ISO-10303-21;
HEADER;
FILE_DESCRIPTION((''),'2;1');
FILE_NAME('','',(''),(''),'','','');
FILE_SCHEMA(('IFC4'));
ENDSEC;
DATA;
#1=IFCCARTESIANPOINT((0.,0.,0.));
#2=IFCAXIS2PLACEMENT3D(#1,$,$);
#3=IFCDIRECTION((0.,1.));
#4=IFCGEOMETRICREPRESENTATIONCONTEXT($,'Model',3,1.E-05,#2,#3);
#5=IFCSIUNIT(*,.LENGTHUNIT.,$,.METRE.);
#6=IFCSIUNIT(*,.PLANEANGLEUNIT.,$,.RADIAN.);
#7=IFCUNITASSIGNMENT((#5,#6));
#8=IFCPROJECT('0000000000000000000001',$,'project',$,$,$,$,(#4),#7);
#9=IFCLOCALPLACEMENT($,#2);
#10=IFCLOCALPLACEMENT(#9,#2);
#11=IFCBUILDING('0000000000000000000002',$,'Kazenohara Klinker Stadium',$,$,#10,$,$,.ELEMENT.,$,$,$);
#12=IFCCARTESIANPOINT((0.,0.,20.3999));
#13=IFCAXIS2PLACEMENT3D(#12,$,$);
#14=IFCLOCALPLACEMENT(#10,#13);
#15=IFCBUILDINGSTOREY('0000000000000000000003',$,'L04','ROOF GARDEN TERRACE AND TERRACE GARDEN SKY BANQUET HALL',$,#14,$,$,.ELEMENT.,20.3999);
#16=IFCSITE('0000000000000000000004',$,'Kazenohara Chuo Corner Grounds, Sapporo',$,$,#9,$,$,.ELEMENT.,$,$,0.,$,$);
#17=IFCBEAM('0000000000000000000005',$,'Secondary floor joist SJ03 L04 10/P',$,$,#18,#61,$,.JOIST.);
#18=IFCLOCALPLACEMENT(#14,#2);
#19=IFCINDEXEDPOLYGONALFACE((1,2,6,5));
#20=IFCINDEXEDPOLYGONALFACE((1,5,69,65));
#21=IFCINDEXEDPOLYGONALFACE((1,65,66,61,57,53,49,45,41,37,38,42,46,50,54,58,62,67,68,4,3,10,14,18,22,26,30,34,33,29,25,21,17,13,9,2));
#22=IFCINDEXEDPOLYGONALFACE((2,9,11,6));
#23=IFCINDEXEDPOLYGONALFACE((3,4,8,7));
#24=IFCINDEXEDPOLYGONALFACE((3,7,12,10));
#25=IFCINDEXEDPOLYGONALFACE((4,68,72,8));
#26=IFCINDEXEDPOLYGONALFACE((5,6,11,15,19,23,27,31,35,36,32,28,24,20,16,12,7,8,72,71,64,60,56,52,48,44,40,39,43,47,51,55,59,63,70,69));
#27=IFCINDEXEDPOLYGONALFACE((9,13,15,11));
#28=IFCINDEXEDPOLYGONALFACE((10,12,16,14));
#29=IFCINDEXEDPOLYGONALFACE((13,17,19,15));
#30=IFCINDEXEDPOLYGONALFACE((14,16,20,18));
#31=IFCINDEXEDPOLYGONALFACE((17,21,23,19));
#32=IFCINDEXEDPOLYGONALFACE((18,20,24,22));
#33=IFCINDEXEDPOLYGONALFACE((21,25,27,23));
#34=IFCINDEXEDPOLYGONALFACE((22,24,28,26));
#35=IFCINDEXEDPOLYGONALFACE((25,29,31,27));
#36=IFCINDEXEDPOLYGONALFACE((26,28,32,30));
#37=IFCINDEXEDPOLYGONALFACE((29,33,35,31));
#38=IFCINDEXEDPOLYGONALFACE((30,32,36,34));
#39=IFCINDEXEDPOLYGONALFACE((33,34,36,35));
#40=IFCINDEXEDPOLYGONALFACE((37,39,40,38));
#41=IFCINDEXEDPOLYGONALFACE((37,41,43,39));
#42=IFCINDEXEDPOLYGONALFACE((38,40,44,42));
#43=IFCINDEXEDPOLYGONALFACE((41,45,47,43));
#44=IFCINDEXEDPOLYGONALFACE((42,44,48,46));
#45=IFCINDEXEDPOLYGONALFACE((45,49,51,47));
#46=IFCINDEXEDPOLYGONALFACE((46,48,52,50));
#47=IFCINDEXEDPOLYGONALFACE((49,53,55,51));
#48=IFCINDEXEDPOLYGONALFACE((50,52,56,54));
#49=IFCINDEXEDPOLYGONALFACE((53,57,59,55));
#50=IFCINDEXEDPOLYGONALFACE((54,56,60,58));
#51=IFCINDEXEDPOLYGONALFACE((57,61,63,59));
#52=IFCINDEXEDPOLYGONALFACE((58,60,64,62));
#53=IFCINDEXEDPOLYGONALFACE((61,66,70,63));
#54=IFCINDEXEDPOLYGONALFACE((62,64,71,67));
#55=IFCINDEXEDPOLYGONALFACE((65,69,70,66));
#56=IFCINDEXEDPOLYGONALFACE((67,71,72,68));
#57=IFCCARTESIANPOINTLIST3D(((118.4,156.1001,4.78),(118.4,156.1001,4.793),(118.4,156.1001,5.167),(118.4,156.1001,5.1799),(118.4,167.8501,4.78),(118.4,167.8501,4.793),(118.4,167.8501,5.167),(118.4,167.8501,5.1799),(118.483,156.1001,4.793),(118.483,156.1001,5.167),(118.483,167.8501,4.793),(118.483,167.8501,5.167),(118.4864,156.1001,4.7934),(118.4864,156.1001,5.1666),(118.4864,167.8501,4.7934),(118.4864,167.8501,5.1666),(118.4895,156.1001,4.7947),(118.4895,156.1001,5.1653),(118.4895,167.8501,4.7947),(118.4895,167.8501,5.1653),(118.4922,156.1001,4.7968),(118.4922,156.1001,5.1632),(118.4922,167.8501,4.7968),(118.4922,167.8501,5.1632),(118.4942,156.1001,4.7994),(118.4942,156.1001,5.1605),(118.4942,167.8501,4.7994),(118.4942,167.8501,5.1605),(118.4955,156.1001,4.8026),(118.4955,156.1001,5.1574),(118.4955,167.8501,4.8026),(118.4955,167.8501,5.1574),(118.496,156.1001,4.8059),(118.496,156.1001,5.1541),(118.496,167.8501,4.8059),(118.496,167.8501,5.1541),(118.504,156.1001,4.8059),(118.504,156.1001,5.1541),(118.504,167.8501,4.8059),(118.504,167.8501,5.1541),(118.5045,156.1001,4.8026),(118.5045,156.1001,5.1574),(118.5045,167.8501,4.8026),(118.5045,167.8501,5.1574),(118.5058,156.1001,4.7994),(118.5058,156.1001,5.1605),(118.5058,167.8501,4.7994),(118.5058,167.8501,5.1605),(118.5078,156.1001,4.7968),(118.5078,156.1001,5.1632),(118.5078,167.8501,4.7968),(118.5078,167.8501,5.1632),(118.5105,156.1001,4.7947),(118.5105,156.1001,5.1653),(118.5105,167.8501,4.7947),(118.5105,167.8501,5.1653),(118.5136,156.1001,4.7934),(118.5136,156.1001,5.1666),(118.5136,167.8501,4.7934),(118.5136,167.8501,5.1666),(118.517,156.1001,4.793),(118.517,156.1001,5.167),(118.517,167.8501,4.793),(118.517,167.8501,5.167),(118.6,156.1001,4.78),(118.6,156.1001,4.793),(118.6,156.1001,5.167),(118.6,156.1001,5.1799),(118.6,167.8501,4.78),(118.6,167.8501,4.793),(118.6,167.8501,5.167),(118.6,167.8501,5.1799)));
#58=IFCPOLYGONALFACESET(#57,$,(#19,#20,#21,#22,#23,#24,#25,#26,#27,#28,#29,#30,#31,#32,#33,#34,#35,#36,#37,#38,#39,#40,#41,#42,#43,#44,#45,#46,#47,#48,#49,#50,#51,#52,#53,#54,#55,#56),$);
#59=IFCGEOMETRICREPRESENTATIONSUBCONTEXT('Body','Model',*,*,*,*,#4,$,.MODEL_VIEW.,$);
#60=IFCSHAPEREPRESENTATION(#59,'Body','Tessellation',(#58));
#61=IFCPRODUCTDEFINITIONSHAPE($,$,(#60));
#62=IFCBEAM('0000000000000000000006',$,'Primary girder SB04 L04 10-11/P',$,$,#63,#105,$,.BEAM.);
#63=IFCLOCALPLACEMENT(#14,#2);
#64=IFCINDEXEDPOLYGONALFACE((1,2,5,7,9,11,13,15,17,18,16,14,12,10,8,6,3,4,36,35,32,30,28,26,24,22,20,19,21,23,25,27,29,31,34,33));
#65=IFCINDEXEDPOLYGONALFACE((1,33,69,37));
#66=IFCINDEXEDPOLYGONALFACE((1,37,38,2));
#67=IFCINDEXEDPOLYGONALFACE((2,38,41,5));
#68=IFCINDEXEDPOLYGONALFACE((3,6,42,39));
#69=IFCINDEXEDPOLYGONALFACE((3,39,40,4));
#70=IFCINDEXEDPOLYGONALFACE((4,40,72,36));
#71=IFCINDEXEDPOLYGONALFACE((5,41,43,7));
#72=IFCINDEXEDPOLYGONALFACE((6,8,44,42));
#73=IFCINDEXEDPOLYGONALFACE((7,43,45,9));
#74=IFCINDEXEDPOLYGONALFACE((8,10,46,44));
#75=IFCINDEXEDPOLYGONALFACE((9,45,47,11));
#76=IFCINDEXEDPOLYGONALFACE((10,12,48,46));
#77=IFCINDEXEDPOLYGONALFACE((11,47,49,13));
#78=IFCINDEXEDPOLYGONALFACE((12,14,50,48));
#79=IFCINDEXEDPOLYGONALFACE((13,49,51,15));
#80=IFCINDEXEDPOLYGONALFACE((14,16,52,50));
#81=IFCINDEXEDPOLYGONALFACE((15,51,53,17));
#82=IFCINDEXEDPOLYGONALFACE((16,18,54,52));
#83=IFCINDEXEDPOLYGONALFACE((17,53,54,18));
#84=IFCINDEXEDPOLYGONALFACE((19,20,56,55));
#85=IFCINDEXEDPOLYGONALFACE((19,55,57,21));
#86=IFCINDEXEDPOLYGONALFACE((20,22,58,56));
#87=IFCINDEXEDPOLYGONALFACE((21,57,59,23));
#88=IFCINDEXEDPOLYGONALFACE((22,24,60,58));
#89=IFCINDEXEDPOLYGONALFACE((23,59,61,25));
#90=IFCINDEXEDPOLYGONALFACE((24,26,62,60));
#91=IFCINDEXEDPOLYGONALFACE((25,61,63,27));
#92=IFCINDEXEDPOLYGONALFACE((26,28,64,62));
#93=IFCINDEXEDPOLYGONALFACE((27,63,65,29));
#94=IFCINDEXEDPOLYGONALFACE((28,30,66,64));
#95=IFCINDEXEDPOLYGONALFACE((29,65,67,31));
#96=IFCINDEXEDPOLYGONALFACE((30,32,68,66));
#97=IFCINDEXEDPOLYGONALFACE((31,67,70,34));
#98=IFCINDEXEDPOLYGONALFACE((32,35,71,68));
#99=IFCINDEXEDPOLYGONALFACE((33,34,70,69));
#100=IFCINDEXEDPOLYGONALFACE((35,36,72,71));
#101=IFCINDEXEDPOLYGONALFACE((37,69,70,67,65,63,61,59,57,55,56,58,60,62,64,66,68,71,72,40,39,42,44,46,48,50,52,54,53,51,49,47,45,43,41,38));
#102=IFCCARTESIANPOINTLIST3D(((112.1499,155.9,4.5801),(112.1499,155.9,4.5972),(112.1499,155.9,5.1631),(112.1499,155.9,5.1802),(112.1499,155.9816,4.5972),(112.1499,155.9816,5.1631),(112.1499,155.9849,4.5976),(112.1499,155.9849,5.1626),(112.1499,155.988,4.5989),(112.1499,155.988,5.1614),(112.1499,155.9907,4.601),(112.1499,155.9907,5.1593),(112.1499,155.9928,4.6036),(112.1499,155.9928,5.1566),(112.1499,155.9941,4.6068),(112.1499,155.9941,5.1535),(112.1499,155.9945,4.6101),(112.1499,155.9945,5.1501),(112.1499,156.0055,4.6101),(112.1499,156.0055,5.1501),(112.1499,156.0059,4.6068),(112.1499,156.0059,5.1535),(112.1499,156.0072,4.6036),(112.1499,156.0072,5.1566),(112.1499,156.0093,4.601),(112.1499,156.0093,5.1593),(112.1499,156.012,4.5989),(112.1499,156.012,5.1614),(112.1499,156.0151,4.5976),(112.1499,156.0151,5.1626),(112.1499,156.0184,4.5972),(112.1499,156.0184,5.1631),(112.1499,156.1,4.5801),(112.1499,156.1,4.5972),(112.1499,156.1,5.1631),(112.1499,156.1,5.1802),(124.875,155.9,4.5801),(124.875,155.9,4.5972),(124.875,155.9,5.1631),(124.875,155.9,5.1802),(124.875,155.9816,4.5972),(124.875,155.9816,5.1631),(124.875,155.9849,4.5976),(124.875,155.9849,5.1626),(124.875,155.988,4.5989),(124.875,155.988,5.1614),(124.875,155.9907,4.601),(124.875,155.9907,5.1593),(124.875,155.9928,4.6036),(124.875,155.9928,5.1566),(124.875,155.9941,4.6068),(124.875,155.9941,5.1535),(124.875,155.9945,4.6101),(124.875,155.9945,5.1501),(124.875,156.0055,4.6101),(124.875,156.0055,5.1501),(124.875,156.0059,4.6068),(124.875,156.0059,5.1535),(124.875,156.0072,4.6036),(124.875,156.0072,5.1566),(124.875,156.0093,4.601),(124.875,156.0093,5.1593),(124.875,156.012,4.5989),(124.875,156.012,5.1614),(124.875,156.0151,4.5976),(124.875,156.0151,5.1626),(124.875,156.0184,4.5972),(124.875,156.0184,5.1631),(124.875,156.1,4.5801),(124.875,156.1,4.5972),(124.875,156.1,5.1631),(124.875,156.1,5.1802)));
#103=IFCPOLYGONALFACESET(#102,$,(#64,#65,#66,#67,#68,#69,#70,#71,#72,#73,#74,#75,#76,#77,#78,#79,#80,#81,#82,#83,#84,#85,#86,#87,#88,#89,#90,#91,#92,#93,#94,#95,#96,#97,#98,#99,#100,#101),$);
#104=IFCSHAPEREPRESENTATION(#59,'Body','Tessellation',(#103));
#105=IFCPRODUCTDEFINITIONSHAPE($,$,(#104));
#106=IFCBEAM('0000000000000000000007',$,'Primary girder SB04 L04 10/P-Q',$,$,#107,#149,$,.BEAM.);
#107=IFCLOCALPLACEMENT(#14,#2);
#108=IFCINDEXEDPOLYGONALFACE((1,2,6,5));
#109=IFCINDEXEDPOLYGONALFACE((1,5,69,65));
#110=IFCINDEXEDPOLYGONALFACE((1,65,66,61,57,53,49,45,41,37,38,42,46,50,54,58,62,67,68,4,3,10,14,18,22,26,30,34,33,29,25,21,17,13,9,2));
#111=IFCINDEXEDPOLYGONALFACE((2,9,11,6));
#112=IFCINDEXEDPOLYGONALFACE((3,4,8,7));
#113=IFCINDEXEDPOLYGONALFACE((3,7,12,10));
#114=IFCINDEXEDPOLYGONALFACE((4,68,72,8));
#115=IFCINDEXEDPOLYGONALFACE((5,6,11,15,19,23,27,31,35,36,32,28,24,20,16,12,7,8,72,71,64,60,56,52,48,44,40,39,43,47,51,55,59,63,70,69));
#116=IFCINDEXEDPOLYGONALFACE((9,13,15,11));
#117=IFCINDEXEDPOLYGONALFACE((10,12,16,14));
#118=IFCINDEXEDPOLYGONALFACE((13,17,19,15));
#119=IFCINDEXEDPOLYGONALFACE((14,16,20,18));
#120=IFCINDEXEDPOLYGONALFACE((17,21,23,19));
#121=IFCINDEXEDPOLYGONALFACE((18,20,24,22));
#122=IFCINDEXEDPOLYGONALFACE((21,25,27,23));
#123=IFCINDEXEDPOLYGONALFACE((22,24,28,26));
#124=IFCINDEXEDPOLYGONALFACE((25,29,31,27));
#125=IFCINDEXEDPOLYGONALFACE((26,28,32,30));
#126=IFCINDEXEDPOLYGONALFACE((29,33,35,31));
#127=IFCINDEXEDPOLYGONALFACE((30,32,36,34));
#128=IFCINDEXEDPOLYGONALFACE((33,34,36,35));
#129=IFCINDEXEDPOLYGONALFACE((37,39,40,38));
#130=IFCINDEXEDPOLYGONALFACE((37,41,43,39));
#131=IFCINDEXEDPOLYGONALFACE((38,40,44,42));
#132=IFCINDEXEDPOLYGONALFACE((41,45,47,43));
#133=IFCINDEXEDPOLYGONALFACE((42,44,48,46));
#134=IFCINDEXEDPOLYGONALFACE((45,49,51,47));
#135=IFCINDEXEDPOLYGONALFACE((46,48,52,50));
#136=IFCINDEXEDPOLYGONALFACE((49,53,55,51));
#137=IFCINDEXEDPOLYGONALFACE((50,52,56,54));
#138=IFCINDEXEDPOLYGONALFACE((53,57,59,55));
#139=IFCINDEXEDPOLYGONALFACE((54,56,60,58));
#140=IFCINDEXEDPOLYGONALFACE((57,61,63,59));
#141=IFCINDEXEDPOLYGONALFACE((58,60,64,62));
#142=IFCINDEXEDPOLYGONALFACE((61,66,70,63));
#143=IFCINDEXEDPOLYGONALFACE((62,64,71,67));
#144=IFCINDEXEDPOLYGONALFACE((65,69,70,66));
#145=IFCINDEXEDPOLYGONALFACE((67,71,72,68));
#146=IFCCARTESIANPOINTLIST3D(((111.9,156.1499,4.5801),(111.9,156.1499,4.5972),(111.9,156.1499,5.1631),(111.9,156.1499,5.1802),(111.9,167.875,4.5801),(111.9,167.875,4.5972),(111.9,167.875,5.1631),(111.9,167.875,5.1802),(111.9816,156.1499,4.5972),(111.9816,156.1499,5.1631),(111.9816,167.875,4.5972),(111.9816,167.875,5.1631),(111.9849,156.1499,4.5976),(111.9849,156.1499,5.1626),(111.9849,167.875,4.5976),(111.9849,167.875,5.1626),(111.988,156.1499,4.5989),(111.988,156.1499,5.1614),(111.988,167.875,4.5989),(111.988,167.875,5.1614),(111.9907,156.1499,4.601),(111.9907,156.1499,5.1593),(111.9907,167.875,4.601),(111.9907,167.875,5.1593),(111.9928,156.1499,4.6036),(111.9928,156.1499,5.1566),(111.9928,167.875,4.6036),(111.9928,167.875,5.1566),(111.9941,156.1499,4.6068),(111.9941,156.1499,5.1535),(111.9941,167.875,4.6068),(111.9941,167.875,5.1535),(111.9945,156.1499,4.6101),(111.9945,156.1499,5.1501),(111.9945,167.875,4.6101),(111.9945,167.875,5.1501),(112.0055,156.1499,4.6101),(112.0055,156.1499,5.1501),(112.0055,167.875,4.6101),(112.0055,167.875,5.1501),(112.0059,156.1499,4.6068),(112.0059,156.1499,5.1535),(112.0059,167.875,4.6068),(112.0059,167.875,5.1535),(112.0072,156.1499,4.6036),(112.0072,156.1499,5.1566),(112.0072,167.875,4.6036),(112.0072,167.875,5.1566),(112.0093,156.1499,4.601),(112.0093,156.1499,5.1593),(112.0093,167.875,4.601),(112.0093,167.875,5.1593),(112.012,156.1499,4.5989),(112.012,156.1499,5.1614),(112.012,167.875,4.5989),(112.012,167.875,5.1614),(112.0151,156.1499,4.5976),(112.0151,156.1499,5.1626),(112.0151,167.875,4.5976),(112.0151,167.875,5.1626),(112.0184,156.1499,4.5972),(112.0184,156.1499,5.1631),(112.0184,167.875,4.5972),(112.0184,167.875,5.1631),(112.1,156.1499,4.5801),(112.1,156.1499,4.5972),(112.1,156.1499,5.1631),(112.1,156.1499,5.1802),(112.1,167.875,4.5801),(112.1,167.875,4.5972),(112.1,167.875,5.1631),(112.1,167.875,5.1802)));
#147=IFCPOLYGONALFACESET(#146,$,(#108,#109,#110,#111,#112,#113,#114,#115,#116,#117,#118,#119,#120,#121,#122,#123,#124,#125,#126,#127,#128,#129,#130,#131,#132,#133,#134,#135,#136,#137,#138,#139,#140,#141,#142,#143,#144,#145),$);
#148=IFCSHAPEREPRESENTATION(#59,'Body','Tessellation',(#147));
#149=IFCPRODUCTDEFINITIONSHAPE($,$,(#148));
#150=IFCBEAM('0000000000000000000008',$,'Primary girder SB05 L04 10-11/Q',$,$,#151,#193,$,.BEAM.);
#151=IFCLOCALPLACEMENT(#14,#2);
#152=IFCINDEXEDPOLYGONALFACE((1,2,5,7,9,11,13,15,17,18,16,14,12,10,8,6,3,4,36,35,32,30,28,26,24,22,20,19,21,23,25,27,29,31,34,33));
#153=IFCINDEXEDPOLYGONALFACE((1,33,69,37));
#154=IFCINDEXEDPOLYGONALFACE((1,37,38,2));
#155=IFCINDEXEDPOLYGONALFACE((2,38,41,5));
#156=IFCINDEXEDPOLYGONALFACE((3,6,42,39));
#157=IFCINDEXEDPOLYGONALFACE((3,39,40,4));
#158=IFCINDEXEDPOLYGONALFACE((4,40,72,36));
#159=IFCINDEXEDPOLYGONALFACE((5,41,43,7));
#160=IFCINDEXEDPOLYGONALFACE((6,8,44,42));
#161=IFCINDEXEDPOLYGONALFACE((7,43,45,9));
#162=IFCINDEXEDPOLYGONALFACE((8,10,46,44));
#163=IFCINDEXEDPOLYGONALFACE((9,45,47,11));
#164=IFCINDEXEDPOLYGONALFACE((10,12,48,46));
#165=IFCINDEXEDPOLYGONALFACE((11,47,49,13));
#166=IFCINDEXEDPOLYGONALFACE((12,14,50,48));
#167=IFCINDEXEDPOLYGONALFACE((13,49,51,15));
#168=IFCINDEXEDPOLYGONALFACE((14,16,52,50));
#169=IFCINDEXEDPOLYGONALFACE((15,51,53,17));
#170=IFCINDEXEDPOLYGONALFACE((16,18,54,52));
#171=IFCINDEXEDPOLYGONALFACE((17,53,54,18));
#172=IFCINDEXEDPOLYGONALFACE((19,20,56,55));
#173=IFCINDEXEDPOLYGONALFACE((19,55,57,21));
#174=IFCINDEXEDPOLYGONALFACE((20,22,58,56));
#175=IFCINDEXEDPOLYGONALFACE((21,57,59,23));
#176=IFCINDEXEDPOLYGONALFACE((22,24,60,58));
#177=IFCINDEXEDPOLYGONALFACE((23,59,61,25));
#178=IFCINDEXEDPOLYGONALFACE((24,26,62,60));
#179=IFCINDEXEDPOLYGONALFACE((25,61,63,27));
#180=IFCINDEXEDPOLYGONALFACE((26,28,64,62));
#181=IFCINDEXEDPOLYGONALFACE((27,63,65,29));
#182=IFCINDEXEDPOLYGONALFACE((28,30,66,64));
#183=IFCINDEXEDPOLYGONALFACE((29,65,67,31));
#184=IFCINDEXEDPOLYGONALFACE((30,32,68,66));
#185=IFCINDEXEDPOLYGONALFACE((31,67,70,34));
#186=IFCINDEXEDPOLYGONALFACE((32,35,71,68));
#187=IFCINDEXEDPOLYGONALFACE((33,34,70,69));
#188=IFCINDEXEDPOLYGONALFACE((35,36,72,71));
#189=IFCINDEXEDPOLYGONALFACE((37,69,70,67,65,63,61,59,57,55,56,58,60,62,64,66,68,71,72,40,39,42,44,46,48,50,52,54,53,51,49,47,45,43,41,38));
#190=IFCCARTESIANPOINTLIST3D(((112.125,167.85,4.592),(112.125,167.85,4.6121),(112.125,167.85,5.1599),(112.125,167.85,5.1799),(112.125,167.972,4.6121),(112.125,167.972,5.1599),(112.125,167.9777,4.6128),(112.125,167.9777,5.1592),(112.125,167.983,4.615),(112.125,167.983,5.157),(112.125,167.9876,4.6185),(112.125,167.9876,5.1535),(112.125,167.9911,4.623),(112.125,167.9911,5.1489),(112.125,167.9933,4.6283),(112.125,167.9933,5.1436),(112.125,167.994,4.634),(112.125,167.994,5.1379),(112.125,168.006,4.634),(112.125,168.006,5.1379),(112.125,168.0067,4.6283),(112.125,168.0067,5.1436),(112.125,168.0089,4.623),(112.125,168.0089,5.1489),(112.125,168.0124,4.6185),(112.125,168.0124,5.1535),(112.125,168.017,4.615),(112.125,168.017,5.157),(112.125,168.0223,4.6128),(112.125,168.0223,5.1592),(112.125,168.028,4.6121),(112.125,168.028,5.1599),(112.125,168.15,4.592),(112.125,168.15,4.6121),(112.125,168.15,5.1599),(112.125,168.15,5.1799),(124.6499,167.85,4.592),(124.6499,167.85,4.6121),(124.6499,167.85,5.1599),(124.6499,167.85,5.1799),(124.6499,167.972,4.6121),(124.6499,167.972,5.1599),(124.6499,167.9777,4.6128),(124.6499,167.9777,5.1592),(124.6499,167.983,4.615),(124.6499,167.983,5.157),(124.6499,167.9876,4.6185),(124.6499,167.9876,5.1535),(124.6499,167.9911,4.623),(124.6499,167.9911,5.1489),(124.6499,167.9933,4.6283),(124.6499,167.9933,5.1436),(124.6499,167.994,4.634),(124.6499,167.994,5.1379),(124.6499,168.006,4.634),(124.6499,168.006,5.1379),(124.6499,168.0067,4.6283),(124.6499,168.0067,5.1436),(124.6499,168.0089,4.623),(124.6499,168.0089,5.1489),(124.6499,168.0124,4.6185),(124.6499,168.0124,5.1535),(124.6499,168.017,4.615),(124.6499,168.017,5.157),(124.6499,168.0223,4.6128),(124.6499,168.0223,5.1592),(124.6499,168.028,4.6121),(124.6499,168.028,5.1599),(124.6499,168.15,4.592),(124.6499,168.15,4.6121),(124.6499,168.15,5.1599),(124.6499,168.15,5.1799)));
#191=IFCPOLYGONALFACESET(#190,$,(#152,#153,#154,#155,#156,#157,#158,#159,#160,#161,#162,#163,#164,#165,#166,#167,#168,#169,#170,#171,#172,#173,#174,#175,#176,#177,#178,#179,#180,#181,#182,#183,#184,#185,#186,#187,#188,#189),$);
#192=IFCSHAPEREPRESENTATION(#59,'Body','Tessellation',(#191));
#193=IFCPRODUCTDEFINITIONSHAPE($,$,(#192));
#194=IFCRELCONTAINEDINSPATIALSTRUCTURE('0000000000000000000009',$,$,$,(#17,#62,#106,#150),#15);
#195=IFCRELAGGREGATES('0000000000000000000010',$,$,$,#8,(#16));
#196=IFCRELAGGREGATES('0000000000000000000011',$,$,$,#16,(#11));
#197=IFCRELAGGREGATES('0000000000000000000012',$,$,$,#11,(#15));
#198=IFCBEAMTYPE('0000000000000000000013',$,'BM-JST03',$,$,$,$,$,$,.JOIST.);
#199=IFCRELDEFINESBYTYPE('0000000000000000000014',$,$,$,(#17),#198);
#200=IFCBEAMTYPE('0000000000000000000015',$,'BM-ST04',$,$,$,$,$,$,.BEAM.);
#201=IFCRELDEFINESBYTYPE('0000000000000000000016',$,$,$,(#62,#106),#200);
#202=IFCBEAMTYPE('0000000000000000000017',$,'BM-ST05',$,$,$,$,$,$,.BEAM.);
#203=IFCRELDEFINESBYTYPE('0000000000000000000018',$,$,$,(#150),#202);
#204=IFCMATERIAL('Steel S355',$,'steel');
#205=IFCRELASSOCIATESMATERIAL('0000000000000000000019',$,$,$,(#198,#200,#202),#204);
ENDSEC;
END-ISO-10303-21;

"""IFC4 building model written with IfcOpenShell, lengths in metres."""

from ifc_helpers import new_model, si_unit, direction, frame, origin, origin_2d, place, context, subcontext, project, spatial, i_section, extrude, material, material_profile, profile_set, type_object, element, save


model = new_model("IFC4")

# Units and contexts
model_context = context("Model", 3, precision=1e-05, world=origin(), true_north=direction((0.0, 1.0)))
body_context = subcontext(model_context, "Body", "Model", "MODEL_VIEW")
ifc_project = project(units=[si_unit("LENGTHUNIT", "METRE"), si_unit("PLANEANGLEUNIT", "RADIAN")], contexts=[model_context])

# Site, building, storey
site_placement = place(None, origin())
site = spatial("IfcSite", under=ifc_project, at=site_placement, Name="Kazenohara Chuo Corner Grounds, Sapporo", CompositionType="ELEMENT", RefElevation=0.0)
building_placement = place(site_placement, origin())
building = spatial("IfcBuilding", under=site, at=building_placement, Name="Kazenohara Klinker Stadium", CompositionType="ELEMENT")
storey_placement = place(building_placement, frame((0.0, 0.0, 20.3999)))
storey = spatial("IfcBuildingStorey", under=building, at=storey_placement, Name="L04", Description="ROOF GARDEN TERRACE AND TERRACE GARDEN SKY BANQUET HALL", CompositionType="ELEMENT", Elevation=20.3999)

# Shared definitions
ifc_material_1 = material(Name="Steel S355", Category="steel")

# Beams
ifc_material_profile_1 = material_profile(ifc_material_1, i_section(OverallWidth=0.2, OverallDepth=0.3999, WebThickness=0.0081, FlangeThickness=0.0129, FilletRadius=0.0129, at=origin_2d()), Name="H-400x200x8x13")
ifc_profile_set_1 = profile_set([ifc_material_profile_1], Name="Steel S355")
beam_type_1 = type_object("IfcBeamType", Name="BM-JST03", PredefinedType="JOIST", material=ifc_profile_set_1)
beam_1_placement = place(storey_placement, frame((118.5, 156.1001, 4.98), z_axis=(0.0, 1.0, 0.0), x_axis=(-1.0, 0.0, 0.0)))
element("IfcBeam", 1, at=beam_1_placement, inside=storey, type_object=beam_type_1, Name="Secondary floor joist SJ03 L04 10/P", PredefinedType="JOIST", context=body_context, shape_type="SweptSolid", body=[
    extrude(i_section(OverallWidth=0.2, OverallDepth=0.3999, WebThickness=0.0081, FlangeThickness=0.0129, FilletRadius=0.0129, at=origin_2d()), origin(), (0.0, 0.0, 1.0), 11.75),
])
ifc_material_profile_2 = material_profile(ifc_material_1, i_section(OverallWidth=0.2, OverallDepth=0.6001, WebThickness=0.011, FlangeThickness=0.0171, FilletRadius=0.0129, at=origin_2d()), Name="H-600x200x11x17")
ifc_profile_set_2 = profile_set([ifc_material_profile_2], Name="Steel S355")
beam_type_2 = type_object("IfcBeamType", Name="BM-ST04", PredefinedType="BEAM", material=ifc_profile_set_2)
beam_2_placement = place(storey_placement, frame((112.1499, 156.0, 4.8801), z_axis=(1.0, 0.0, 0.0), x_axis=(0.0, 1.0, 0.0)))
element("IfcBeam", 2, at=beam_2_placement, inside=storey, type_object=beam_type_2, Name="Primary girder SB04 L04 10-11/P", PredefinedType="BEAM", context=body_context, shape_type="SweptSolid", body=[
    extrude(i_section(OverallWidth=0.2, OverallDepth=0.6001, WebThickness=0.011, FlangeThickness=0.0171, FilletRadius=0.0129, at=origin_2d()), origin(), (0.0, 0.0, 1.0), 12.7251),
])
beam_3_placement = place(storey_placement, frame((112.0, 156.1499, 4.8801), z_axis=(0.0, 1.0, 0.0), x_axis=(-1.0, 0.0, 0.0)))
element("IfcBeam", 3, at=beam_3_placement, inside=storey, type_object=beam_type_2, Name="Primary girder SB04 L04 10/P-Q", PredefinedType="BEAM", context=body_context, shape_type="SweptSolid", body=[
    extrude(i_section(OverallWidth=0.2, OverallDepth=0.6001, WebThickness=0.011, FlangeThickness=0.0171, FilletRadius=0.0129, at=origin_2d()), origin(), (0.0, 0.0, 1.0), 11.7251),
])
ifc_material_profile_3 = material_profile(ifc_material_1, i_section(OverallWidth=0.3, OverallDepth=0.5879, WebThickness=0.012, FlangeThickness=0.02, FilletRadius=0.022, at=origin_2d()), Name="H-588x300x12x20")
ifc_profile_set_3 = profile_set([ifc_material_profile_3], Name="Steel S355")
beam_type_3 = type_object("IfcBeamType", Name="BM-ST05", PredefinedType="BEAM", material=ifc_profile_set_3)
beam_4_placement = place(storey_placement, frame((112.125, 168.0, 4.886), z_axis=(1.0, 0.0, 0.0), x_axis=(0.0, 1.0, 0.0)))
element("IfcBeam", 4, at=beam_4_placement, inside=storey, type_object=beam_type_3, Name="Primary girder SB05 L04 10-11/Q", PredefinedType="BEAM", context=body_context, shape_type="SweptSolid", body=[
    extrude(i_section(OverallWidth=0.3, OverallDepth=0.5879, WebThickness=0.012, FlangeThickness=0.02, FilletRadius=0.022, at=origin_2d()), origin(), (0.0, 0.0, 1.0), 12.5249),
])

save(model, "model.ifc")
